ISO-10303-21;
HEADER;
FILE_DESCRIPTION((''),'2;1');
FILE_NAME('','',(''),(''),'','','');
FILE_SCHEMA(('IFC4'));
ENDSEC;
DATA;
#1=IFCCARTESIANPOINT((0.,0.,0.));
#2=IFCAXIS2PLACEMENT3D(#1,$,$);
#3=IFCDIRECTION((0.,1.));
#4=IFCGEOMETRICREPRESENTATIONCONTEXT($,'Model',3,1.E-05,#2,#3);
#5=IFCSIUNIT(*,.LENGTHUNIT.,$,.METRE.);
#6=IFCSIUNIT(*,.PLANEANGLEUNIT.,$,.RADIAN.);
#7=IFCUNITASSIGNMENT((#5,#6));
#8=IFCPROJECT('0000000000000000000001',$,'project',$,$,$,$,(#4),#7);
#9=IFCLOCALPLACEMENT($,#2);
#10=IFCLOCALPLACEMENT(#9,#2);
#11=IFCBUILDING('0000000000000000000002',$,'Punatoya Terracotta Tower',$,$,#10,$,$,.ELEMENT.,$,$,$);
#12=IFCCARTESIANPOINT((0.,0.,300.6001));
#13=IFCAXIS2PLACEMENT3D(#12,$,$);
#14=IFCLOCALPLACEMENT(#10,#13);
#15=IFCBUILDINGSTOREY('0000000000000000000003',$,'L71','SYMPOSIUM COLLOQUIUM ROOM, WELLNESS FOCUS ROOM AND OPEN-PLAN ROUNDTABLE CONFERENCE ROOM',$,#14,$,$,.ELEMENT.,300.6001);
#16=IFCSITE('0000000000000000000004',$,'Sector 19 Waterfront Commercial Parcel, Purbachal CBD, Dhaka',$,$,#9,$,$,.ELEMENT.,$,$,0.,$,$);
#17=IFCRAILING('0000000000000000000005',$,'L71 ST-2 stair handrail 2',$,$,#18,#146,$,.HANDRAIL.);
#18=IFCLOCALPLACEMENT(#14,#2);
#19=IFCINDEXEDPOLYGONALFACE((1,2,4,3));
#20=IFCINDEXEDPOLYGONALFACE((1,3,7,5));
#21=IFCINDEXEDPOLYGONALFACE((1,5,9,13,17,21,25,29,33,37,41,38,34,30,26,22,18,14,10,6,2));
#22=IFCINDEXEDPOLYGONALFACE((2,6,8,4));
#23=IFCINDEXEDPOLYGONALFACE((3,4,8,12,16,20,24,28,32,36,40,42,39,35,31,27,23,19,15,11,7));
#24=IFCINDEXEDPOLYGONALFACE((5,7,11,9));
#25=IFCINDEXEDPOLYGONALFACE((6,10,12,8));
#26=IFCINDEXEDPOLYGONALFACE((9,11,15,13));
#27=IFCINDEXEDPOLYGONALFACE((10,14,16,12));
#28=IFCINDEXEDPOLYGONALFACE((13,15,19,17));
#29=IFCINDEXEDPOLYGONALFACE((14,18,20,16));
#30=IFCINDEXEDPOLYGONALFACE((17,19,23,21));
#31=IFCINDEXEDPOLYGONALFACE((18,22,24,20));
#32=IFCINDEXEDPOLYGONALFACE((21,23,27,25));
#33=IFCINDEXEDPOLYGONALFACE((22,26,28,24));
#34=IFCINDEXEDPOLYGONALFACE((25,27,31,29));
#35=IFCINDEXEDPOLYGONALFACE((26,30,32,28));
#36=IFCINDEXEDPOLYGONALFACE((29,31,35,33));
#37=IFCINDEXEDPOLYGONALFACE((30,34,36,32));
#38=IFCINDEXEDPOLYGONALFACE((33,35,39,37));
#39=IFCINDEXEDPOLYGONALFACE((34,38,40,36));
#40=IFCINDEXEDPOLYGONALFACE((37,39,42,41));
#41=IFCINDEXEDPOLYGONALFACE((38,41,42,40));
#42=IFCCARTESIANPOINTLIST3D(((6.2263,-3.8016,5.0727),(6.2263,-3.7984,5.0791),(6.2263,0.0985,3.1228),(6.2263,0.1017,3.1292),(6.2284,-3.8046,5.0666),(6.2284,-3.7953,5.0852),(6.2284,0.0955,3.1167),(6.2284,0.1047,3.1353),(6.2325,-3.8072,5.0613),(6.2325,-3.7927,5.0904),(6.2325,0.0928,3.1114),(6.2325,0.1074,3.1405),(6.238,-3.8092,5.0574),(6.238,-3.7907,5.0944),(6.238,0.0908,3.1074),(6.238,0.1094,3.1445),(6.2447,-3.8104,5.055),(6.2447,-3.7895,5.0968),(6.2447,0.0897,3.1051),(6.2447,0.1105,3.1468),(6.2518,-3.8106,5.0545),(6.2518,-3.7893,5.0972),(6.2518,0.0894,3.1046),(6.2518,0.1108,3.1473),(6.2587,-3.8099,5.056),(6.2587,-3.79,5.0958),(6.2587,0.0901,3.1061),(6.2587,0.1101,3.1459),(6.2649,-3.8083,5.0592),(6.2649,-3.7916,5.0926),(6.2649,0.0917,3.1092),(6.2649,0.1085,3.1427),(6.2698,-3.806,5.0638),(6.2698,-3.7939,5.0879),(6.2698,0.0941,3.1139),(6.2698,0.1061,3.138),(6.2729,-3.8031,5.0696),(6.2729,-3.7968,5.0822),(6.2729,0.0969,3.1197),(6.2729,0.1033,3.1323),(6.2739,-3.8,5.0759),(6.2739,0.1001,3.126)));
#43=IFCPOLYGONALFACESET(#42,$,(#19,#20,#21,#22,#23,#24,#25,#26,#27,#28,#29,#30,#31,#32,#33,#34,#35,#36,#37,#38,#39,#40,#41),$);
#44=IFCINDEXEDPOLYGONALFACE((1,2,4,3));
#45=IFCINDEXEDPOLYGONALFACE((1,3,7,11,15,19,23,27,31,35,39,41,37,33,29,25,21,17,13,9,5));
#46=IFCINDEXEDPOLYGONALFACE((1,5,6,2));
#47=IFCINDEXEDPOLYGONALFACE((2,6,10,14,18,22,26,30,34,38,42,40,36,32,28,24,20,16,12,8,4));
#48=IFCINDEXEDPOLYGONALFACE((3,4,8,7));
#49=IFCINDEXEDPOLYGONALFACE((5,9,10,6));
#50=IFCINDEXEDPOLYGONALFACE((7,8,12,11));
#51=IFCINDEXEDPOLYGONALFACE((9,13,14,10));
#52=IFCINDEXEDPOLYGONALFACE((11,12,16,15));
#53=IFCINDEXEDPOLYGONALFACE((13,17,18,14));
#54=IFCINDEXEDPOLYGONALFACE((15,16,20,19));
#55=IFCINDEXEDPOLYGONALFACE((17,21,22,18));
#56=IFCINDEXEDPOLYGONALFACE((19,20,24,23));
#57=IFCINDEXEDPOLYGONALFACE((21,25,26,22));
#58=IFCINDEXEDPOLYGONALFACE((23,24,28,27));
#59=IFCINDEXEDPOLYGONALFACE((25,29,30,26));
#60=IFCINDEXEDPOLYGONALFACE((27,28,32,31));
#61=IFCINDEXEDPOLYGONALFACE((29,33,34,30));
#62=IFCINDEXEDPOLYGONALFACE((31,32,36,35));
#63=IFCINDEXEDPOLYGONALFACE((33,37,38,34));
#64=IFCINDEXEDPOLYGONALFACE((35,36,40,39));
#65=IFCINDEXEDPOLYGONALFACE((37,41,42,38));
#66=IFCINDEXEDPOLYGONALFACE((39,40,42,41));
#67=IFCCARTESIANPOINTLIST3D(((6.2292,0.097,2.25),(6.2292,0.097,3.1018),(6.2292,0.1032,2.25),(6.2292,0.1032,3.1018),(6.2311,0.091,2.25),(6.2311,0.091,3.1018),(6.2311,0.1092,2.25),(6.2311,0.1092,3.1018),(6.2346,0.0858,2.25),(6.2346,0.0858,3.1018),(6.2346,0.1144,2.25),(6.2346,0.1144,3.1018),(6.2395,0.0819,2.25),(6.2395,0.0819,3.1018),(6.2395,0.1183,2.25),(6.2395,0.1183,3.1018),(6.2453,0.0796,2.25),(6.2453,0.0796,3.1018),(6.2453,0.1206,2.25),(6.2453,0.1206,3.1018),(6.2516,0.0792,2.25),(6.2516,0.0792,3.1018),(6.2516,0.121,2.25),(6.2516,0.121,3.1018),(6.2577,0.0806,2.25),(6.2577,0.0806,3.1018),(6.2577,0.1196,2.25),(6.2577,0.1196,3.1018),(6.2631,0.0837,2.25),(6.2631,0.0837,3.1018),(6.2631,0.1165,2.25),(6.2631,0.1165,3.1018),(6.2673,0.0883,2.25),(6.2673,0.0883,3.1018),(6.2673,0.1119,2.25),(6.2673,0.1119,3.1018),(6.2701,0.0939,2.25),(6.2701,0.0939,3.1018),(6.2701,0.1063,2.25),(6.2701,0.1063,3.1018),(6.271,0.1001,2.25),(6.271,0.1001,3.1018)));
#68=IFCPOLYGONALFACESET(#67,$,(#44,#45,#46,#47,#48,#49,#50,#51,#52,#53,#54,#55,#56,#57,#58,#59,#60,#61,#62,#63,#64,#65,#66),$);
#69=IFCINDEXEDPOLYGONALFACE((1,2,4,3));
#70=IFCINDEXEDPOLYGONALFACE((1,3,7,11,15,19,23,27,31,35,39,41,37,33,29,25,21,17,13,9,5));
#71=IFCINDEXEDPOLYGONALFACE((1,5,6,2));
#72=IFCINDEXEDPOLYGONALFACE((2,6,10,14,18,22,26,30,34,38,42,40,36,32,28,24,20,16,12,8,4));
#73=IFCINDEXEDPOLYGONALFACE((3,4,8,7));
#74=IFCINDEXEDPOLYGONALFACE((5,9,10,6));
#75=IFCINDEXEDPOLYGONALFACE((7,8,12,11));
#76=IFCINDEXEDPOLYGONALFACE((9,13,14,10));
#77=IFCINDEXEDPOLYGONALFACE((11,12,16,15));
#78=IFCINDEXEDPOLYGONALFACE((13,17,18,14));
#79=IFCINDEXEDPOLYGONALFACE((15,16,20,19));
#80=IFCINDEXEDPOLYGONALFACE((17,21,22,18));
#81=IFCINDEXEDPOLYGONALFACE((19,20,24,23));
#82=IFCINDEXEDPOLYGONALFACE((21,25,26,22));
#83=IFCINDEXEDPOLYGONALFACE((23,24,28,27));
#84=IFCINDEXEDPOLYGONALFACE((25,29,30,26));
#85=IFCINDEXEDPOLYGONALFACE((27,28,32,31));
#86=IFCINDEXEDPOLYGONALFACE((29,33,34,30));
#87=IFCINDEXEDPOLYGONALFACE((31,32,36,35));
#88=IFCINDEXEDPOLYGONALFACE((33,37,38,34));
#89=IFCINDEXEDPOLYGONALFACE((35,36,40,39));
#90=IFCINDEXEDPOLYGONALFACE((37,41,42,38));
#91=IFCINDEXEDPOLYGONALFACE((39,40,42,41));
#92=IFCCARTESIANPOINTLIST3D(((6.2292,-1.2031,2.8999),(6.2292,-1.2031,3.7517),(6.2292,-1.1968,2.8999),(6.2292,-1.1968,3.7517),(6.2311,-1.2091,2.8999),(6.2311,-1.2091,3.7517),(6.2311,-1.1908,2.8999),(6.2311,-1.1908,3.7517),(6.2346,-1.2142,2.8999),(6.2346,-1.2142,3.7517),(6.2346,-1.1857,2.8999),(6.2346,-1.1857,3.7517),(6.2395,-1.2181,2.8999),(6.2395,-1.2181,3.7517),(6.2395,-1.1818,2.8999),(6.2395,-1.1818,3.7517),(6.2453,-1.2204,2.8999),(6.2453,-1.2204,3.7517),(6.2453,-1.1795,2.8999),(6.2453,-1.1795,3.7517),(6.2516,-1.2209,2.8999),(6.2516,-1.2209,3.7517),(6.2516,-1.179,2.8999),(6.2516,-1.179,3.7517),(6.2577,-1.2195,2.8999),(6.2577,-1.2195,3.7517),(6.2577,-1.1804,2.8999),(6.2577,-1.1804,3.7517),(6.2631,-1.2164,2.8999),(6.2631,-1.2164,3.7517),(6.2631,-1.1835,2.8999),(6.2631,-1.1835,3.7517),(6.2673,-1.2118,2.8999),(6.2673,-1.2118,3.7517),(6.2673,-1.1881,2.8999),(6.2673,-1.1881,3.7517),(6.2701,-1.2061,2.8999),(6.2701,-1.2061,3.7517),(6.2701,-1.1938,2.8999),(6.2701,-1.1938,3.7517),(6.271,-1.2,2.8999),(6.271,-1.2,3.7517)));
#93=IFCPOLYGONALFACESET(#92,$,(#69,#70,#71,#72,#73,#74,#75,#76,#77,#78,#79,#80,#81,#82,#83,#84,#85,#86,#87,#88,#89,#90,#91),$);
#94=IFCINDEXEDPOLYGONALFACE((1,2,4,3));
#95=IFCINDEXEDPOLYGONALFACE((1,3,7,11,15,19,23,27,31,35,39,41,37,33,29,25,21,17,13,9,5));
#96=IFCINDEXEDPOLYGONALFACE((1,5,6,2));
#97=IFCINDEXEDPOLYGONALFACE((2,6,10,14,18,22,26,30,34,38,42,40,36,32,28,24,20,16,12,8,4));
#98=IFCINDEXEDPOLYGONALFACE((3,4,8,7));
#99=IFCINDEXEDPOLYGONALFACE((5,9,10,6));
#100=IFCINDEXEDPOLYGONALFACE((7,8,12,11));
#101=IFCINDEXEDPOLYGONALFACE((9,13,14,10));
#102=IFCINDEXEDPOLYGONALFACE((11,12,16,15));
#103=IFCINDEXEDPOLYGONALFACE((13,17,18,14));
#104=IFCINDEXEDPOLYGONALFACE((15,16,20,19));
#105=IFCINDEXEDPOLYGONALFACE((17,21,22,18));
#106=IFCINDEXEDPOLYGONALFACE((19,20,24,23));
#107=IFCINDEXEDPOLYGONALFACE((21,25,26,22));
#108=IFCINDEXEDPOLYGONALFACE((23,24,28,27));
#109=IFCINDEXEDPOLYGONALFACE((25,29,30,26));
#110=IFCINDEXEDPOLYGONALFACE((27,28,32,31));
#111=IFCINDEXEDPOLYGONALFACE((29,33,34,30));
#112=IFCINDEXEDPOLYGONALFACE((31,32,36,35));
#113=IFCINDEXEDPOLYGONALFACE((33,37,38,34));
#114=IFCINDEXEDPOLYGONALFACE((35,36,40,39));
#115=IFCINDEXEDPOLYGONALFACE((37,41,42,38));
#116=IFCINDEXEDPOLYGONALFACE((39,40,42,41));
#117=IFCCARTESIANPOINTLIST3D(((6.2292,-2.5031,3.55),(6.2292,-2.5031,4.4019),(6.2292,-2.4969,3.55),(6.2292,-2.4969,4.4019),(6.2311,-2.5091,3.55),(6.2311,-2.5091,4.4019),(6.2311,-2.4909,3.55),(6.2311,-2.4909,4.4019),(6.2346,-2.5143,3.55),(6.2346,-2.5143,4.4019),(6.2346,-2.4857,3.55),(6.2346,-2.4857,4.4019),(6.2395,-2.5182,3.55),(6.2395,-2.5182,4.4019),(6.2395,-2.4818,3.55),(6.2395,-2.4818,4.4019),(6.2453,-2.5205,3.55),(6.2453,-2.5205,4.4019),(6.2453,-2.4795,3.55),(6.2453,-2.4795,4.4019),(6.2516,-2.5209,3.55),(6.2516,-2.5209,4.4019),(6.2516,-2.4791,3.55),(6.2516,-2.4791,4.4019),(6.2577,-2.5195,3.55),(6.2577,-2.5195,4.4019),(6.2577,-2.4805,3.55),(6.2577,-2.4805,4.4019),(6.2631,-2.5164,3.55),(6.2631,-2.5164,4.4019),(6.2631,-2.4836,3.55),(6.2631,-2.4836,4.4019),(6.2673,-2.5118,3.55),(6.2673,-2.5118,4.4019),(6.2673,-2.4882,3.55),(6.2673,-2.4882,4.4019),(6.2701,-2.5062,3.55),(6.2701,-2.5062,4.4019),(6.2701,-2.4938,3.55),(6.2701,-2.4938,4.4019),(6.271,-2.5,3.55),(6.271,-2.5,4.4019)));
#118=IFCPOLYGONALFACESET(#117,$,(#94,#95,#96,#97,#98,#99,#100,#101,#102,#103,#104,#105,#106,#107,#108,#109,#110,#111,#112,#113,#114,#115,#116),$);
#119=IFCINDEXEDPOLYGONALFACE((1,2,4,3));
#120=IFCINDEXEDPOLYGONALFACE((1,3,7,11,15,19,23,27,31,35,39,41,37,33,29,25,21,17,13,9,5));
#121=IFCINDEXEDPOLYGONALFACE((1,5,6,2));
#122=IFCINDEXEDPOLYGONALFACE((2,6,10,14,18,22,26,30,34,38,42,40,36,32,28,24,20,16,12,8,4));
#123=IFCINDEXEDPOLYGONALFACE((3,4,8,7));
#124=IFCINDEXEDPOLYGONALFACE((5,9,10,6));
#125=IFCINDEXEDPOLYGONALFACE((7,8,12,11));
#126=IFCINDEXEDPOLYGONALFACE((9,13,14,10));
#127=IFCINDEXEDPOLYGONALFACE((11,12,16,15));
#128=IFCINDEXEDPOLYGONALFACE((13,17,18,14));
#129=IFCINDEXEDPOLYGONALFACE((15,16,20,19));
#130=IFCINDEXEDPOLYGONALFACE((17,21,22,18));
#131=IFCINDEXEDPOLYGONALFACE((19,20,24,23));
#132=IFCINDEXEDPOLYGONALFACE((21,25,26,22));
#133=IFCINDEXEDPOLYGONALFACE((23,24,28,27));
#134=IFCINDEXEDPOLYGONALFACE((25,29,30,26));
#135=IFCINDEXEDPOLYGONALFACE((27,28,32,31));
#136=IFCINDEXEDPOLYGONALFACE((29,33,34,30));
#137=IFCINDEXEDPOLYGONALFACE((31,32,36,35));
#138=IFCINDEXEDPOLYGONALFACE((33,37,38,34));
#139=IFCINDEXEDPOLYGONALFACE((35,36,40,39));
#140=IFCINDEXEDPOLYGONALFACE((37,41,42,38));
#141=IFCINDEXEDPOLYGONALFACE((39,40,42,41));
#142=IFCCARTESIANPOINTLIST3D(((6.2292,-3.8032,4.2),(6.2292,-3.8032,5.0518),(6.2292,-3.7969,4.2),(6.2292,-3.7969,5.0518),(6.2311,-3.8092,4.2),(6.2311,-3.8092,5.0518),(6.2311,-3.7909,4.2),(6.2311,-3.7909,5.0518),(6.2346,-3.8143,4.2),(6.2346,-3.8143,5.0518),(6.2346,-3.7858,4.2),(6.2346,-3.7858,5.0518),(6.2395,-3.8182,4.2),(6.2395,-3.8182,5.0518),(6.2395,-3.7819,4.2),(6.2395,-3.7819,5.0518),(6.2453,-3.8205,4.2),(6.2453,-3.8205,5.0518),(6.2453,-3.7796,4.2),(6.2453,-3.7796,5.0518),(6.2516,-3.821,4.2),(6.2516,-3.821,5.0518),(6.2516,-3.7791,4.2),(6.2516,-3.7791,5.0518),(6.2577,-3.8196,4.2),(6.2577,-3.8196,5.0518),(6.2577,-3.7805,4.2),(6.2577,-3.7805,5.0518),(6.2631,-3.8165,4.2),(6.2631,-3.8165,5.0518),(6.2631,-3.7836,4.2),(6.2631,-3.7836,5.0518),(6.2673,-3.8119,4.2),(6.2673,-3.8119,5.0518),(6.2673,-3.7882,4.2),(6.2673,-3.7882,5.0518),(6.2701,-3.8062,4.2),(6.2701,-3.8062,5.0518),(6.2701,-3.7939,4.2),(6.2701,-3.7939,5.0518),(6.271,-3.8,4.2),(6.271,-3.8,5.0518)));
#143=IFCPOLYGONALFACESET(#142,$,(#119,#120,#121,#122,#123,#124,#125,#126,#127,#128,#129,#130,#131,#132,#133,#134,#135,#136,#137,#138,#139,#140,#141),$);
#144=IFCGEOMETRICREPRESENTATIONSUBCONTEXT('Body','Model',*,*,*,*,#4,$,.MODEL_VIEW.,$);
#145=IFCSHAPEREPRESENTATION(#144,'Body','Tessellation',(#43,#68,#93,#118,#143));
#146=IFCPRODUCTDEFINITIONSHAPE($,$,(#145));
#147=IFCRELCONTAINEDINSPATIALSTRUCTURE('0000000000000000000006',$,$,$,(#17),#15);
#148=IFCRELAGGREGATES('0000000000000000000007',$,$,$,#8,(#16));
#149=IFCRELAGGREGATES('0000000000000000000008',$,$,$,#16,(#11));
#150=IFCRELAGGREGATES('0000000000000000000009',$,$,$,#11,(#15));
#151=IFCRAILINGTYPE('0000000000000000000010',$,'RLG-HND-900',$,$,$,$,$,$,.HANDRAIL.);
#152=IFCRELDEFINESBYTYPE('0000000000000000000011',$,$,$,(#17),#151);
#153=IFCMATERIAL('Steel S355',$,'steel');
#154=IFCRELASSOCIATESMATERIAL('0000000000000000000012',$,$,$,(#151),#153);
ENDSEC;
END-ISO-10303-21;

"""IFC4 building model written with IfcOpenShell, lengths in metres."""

from ifc_helpers import new_model, si_unit, direction, frame, origin, origin_2d, place, context, subcontext, project, spatial, circle, extrude, material, type_object, element, save


model = new_model("IFC4")

# Units and contexts
model_context = context("Model", 3, precision=1e-05, world=origin(), true_north=direction((0.0, 1.0)))
body_context = subcontext(model_context, "Body", "Model", "MODEL_VIEW")
ifc_project = project(units=[si_unit("LENGTHUNIT", "METRE"), si_unit("PLANEANGLEUNIT", "RADIAN")], contexts=[model_context])

# Site, building, storey
site_placement = place(None, origin())
site = spatial("IfcSite", under=ifc_project, at=site_placement, Name="Sector 19 Waterfront Commercial Parcel, Purbachal CBD, Dhaka", CompositionType="ELEMENT", RefElevation=0.0)
building_placement = place(site_placement, origin())
building = spatial("IfcBuilding", under=site, at=building_placement, Name="Punatoya Terracotta Tower", CompositionType="ELEMENT")
storey_placement = place(building_placement, frame((0.0, 0.0, 300.6001)))
storey = spatial("IfcBuildingStorey", under=building, at=storey_placement, Name="L71", Description="SYMPOSIUM COLLOQUIUM ROOM, WELLNESS FOCUS ROOM AND OPEN-PLAN ROUNDTABLE CONFERENCE ROOM", CompositionType="ELEMENT", Elevation=300.6001)

# Railing
ifc_material_1 = material(Name="Steel S355", Category="steel")
railing_type_1 = type_object("IfcRailingType", Name="RLG-HND-900", PredefinedType="HANDRAIL", material=ifc_material_1)
railing_1_placement = place(storey_placement, frame((6.25, 0.1001, 2.25)))
element("IfcRailing", 1, at=railing_1_placement, inside=storey, type_object=railing_type_1, Name="L71 ST-2 stair handrail 2", PredefinedType="HANDRAIL", context=body_context, shape_type="SweptSolid", body=[
    extrude(circle(Radius=0.0239, at=origin_2d()), frame((0.0, 0.0, 0.876), z_axis=(0.0, -0.894438, 0.447191), x_axis=(1.0, 0.0, 0.0)), (0.0, 0.0, 1.0), 4.3604),
    extrude(circle(Radius=0.021, at=origin_2d()), origin(), (0.0, 0.0, 1.0), 0.8518),
    extrude(circle(Radius=0.021, at=origin_2d()), frame((0.0, -1.3, 0.6499)), (0.0, 0.0, 1.0), 0.8518),
    extrude(circle(Radius=0.021, at=origin_2d()), frame((0.0, -2.6001, 1.3)), (0.0, 0.0, 1.0), 0.8518),
    extrude(circle(Radius=0.021, at=origin_2d()), frame((0.0, -3.9001, 1.95)), (0.0, 0.0, 1.0), 0.8518),
])

save(model, "model.ifc")
